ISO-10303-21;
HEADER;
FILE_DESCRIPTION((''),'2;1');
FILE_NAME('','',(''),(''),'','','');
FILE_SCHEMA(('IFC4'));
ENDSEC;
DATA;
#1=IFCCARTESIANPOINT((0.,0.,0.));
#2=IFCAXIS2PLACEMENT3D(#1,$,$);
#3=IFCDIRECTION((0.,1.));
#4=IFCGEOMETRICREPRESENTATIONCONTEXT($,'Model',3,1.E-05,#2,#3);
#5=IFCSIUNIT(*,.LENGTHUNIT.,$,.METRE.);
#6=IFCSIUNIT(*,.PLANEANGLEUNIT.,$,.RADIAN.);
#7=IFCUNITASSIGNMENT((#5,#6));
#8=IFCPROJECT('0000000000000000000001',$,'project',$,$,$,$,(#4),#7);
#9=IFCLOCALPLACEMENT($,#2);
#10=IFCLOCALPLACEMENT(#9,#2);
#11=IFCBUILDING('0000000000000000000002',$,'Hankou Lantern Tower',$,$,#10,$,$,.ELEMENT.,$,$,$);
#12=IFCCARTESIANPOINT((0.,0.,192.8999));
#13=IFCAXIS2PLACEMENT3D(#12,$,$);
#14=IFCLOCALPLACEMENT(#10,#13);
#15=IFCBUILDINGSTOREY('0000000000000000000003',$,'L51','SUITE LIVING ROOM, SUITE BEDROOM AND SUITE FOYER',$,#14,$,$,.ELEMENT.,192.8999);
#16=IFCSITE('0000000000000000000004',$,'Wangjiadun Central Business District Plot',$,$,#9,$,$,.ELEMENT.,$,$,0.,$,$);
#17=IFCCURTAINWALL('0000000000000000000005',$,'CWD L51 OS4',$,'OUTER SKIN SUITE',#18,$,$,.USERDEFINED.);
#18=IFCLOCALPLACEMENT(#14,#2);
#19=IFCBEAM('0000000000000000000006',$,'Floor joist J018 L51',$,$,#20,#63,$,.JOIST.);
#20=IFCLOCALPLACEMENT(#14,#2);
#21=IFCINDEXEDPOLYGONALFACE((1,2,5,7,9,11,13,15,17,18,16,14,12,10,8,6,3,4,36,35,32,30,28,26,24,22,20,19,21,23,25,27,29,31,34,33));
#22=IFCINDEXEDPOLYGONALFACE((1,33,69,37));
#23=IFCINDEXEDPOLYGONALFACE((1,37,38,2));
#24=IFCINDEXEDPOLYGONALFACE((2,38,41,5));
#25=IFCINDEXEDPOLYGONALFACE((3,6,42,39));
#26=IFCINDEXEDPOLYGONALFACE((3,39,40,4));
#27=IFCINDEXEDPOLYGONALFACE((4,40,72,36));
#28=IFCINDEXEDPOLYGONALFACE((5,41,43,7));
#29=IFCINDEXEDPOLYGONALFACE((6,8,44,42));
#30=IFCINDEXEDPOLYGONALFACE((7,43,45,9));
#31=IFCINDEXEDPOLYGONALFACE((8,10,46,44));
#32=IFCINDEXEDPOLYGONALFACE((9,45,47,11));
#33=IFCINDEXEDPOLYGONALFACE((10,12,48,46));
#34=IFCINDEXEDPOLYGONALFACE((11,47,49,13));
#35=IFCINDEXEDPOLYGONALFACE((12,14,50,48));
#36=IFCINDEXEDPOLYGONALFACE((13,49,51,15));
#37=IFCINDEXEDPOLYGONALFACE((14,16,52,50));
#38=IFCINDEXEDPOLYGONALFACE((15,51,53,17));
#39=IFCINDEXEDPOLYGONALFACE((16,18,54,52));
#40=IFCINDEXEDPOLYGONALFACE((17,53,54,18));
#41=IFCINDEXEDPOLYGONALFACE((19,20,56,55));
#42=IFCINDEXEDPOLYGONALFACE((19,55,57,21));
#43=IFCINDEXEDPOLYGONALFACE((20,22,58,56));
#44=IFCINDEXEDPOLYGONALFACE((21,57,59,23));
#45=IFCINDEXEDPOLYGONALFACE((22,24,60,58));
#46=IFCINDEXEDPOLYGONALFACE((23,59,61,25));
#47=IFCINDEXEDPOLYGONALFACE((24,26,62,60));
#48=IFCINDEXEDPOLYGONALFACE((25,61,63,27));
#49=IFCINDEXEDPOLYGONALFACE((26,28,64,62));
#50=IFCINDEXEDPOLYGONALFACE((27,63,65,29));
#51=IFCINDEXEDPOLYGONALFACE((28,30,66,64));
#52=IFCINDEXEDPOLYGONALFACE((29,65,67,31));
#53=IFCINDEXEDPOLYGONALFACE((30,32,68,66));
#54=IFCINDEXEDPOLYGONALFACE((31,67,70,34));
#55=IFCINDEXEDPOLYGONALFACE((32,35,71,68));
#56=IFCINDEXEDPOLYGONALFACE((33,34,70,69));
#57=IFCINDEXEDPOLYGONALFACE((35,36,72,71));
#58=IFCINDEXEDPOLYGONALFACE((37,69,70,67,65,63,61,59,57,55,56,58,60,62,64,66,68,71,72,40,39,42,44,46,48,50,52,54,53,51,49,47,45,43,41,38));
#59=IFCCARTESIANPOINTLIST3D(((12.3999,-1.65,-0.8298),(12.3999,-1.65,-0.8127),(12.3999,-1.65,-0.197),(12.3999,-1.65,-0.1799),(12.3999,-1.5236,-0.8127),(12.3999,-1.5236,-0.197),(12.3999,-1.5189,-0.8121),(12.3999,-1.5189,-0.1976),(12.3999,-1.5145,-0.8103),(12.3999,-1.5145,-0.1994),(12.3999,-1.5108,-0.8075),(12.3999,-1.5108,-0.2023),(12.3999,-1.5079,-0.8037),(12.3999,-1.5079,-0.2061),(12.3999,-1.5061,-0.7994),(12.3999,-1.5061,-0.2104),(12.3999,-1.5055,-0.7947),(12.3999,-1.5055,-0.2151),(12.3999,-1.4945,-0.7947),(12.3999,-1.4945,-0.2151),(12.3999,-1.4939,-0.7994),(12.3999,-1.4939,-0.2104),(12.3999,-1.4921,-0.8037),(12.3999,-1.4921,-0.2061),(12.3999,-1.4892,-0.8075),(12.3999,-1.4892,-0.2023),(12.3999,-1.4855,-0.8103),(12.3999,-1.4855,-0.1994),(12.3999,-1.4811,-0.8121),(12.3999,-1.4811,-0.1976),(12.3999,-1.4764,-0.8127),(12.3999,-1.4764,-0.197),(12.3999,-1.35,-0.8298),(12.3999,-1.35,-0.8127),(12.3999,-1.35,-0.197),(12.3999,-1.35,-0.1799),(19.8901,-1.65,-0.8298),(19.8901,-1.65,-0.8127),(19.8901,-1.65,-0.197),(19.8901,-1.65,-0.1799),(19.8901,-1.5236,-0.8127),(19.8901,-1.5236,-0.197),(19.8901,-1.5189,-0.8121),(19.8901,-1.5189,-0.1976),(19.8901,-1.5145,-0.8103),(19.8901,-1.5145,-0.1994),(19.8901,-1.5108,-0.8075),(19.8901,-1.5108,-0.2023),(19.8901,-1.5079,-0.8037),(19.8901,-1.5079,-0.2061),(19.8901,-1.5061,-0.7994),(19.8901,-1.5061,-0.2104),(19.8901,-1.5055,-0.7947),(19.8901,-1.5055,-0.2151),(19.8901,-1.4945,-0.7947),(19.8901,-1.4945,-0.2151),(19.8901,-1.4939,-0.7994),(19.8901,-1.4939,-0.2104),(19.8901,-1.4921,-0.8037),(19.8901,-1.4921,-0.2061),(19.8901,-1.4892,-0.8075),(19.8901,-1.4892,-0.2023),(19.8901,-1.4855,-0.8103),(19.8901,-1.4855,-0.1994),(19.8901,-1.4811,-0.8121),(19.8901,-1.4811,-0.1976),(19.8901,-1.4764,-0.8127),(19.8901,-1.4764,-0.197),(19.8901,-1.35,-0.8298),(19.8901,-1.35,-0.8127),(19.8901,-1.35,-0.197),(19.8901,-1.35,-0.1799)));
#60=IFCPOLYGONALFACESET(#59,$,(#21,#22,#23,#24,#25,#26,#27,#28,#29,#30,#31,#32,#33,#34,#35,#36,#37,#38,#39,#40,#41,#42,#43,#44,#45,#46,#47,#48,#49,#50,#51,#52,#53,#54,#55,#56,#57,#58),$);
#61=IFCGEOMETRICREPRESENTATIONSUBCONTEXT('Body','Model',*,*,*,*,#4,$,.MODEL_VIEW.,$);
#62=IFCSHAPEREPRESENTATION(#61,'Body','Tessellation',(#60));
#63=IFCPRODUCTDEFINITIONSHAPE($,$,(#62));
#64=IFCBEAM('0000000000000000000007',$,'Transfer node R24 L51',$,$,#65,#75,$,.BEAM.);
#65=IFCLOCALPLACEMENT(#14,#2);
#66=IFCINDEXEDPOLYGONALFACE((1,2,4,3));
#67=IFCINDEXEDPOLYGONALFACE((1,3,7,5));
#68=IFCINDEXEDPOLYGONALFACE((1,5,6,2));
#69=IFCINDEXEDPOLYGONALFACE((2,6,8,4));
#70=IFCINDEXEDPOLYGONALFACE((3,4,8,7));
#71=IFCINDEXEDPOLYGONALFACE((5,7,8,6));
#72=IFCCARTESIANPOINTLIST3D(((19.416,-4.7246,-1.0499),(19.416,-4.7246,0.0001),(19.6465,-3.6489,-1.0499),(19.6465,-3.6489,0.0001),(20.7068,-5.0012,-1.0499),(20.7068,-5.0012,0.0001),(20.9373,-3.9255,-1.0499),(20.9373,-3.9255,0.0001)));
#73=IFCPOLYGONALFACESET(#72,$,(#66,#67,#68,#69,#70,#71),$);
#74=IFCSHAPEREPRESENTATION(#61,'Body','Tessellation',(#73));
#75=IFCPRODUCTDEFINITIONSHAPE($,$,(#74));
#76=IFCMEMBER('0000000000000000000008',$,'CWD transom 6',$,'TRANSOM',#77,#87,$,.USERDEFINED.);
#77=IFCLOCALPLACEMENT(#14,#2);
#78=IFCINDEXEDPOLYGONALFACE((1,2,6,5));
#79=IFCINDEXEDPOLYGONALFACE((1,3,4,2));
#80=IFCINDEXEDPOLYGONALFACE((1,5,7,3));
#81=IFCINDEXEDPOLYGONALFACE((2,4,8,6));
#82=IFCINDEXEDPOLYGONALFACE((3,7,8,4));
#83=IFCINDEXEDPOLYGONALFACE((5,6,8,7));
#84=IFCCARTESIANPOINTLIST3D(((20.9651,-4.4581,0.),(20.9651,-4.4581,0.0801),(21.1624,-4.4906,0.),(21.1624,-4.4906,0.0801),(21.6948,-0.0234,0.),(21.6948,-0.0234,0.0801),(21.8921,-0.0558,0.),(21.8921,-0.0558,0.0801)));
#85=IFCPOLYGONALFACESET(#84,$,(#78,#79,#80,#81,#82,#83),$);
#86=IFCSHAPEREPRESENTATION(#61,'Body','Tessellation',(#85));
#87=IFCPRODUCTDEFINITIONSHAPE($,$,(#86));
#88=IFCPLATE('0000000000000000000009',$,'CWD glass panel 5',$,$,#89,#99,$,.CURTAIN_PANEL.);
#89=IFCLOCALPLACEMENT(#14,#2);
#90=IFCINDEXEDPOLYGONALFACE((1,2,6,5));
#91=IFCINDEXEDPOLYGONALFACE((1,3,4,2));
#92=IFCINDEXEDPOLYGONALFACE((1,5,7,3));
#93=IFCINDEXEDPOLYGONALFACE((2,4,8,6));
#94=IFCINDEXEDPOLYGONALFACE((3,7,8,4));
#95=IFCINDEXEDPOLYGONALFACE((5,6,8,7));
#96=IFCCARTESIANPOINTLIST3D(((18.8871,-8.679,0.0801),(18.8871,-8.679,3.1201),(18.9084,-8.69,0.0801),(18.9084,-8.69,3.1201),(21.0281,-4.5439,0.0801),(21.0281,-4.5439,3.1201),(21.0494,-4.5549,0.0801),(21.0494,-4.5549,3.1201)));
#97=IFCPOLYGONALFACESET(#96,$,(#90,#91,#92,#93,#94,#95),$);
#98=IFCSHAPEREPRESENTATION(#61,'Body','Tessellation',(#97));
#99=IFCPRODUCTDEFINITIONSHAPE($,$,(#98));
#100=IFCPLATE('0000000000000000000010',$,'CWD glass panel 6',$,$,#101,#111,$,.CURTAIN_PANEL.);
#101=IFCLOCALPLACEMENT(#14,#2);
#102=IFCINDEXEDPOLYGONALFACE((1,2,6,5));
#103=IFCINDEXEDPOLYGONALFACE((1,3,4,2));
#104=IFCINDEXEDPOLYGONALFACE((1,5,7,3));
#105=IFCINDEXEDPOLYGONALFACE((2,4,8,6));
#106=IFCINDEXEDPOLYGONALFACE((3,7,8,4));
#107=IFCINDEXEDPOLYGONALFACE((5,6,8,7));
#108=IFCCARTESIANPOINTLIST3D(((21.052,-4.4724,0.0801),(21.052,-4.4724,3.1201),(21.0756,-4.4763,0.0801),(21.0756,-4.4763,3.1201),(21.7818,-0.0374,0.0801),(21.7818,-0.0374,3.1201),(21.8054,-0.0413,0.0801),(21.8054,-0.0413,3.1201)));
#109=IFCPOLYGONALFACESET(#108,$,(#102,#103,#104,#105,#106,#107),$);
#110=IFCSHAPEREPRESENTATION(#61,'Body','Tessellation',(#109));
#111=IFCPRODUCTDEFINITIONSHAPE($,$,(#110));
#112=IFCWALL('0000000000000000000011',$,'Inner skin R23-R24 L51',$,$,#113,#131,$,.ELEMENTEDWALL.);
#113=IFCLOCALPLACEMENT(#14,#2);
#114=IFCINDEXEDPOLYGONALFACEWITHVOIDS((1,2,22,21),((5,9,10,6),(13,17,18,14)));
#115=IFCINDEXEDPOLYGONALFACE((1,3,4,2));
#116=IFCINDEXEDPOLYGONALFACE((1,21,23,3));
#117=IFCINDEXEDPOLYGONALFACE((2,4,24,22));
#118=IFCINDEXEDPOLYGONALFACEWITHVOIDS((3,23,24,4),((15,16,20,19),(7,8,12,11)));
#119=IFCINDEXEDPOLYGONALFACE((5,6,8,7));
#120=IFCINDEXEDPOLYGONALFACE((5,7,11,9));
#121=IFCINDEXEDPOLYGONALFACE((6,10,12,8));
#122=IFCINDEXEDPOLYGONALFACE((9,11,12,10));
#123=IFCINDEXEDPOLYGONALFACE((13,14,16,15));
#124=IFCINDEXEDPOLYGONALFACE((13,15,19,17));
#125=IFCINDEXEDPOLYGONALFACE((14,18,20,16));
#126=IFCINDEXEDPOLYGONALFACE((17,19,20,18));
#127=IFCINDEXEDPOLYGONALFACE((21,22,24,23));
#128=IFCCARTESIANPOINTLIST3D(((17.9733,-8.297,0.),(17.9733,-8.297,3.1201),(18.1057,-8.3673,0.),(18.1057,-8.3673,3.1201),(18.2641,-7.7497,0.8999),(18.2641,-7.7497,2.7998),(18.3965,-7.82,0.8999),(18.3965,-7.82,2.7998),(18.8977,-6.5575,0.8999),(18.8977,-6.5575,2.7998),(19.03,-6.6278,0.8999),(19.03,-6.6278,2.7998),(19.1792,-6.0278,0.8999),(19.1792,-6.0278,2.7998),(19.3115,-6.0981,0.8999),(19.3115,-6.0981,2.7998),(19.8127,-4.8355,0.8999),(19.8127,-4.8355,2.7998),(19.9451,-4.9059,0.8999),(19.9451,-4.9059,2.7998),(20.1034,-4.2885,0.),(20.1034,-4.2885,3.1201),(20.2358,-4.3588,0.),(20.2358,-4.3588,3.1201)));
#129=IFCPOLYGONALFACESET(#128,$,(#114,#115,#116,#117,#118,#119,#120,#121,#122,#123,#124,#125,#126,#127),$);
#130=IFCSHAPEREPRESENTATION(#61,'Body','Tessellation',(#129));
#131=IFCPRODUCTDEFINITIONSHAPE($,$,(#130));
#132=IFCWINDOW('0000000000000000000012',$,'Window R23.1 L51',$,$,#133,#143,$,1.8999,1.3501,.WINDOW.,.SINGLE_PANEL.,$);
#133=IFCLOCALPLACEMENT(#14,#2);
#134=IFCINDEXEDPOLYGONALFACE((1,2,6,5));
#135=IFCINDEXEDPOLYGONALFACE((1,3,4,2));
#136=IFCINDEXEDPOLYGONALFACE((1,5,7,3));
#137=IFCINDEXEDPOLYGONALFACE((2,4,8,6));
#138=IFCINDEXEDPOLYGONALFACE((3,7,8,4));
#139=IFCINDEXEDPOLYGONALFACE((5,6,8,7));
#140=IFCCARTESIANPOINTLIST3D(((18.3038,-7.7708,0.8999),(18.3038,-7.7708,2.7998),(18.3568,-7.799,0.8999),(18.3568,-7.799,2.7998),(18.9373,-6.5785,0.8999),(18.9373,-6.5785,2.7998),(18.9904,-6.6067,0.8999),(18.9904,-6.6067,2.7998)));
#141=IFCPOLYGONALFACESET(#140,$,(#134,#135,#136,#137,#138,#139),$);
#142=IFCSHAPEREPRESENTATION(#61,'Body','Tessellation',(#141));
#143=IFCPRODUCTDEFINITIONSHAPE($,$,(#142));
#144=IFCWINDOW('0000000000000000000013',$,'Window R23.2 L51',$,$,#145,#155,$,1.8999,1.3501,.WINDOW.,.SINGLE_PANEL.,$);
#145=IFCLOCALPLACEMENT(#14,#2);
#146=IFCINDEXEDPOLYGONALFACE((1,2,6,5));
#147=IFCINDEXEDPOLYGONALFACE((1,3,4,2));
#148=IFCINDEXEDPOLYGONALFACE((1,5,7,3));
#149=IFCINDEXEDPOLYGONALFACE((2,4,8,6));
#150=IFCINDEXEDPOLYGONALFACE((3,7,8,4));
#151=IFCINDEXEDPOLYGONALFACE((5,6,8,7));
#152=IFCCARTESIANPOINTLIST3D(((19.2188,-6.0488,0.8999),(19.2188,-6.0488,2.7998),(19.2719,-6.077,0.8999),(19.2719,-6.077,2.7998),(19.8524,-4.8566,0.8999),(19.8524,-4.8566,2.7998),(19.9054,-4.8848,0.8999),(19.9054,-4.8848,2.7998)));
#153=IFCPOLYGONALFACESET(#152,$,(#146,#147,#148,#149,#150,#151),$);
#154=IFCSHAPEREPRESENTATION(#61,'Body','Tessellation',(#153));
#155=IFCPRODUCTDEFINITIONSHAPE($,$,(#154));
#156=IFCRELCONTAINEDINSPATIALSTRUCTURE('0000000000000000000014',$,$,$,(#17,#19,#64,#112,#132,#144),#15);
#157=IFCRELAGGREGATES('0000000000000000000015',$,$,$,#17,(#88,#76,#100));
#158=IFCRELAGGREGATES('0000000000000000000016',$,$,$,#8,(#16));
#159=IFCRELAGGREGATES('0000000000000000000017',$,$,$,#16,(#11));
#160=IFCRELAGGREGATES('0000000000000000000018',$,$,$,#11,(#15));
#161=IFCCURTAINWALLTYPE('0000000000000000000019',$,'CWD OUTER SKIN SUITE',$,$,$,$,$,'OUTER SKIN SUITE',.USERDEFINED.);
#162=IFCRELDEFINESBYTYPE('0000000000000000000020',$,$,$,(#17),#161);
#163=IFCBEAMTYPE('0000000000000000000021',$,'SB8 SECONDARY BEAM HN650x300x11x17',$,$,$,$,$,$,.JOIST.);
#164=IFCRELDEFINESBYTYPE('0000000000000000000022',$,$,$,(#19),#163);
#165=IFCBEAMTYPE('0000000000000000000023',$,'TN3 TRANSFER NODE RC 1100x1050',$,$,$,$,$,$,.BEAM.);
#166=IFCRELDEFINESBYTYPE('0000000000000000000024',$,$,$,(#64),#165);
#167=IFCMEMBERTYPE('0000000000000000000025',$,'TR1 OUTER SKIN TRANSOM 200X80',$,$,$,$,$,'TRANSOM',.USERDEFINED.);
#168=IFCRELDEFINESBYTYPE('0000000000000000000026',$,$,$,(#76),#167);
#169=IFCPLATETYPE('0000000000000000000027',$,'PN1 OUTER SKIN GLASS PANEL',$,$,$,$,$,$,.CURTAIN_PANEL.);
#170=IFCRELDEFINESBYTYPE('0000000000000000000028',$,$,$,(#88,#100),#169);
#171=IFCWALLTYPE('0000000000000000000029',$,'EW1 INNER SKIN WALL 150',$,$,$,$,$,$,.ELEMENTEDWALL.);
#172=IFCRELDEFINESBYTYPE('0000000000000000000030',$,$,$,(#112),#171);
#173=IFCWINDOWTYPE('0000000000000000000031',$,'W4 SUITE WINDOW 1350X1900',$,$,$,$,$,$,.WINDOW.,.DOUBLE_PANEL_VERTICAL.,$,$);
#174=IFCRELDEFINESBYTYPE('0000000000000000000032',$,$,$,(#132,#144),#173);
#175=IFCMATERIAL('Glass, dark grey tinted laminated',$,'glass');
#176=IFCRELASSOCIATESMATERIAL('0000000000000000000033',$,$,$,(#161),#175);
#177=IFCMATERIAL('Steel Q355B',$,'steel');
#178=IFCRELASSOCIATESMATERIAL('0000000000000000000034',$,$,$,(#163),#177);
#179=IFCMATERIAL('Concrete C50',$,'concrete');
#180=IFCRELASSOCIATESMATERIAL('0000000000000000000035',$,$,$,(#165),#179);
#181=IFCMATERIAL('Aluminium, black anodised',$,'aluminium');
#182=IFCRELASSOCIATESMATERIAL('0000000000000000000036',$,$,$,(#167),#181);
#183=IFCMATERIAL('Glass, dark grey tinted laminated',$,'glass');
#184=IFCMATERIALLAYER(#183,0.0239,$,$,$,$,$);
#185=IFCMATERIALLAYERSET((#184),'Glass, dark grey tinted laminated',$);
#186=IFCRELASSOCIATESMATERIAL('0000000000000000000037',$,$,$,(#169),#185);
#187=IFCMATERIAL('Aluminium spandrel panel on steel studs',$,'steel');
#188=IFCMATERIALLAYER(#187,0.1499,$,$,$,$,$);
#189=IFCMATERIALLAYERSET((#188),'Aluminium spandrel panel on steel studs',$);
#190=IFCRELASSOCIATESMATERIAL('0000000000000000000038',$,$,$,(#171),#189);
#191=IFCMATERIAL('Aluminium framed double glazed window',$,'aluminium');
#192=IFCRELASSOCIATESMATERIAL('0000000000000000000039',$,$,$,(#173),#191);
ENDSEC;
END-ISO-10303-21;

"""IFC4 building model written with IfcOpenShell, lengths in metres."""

from ifc_helpers import new_model, si_unit, direction, frame, frame_2d, origin, origin_2d, place, context, subcontext, project, spatial, rectangle, i_section, extrude, material, layer, layer_set, material_profile, profile_set, type_object, element, fill, aggregate, save


model = new_model("IFC4")

# Units and contexts
model_context = context("Model", 3, precision=1e-05, world=origin(), true_north=direction((0.0, 1.0)))
body_context = subcontext(model_context, "Body", "Model", "MODEL_VIEW")
ifc_project = project(units=[si_unit("LENGTHUNIT", "METRE"), si_unit("PLANEANGLEUNIT", "RADIAN")], contexts=[model_context])

# Site, building, storey
site_placement = place(None, origin())
site = spatial("IfcSite", under=ifc_project, at=site_placement, Name="Wangjiadun Central Business District Plot", CompositionType="ELEMENT", RefElevation=0.0)
building_placement = place(site_placement, origin())
building = spatial("IfcBuilding", under=site, at=building_placement, Name="Hankou Lantern Tower", CompositionType="ELEMENT")
storey_placement = place(building_placement, frame((0.0, 0.0, 192.8999)))
storey = spatial("IfcBuildingStorey", under=building, at=storey_placement, Name="L51", Description="SUITE LIVING ROOM, SUITE BEDROOM AND SUITE FOYER", CompositionType="ELEMENT", Elevation=192.8999)

# Curtain wall
ifc_material_1 = material(Name="Glass, dark grey tinted laminated", Category="glass")
curtain_wall_type = type_object("IfcCurtainWallType", Name="CWD OUTER SKIN SUITE", ElementType="OUTER SKIN SUITE", PredefinedType="USERDEFINED", material=ifc_material_1)
curtain_wall_placement = place(storey_placement, origin())
curtain_wall = element("IfcCurtainWall", 1, at=curtain_wall_placement, inside=storey, type_object=curtain_wall_type, Name="CWD L51 OS4", ObjectType="OUTER SKIN SUITE", PredefinedType="USERDEFINED")

# Beams
ifc_material_2 = material(Name="Steel Q355B", Category="steel")
ifc_material_profile_1 = material_profile(ifc_material_2, i_section(OverallWidth=0.3, OverallDepth=0.6499, WebThickness=0.011, FlangeThickness=0.0171, FilletRadius=0.0181, at=origin_2d()), Name="HN650x300x11x17")
ifc_profile_set_1 = profile_set([ifc_material_profile_1], Name="Steel Q355B")
beam_type_1 = type_object("IfcBeamType", Name="SB8 SECONDARY BEAM HN650x300x11x17", PredefinedType="JOIST", material=ifc_profile_set_1)
beam_1_placement = place(storey_placement, frame((12.3999, -1.5, -0.5049), z_axis=(1.0, 0.0, 0.0), x_axis=(0.0, 1.0, 0.0)))
element("IfcBeam", 2, at=beam_1_placement, inside=storey, type_object=beam_type_1, Name="Floor joist J018 L51", PredefinedType="JOIST", context=body_context, shape_type="SweptSolid", body=[
    extrude(i_section(OverallWidth=0.3, OverallDepth=0.6499, WebThickness=0.011, FlangeThickness=0.0171, FilletRadius=0.0181, at=origin_2d()), origin(), (0.0, 0.0, 1.0), 7.4902),
])
ifc_material_3 = material(Name="Concrete C50", Category="concrete")
ifc_material_profile_2 = material_profile(ifc_material_3, rectangle(XDim=1.1001, YDim=1.05, at=origin_2d()), Name="RC 1100x1050")
ifc_profile_set_2 = profile_set([ifc_material_profile_2], Name="Concrete C50")
beam_type_2 = type_object("IfcBeamType", Name="TN3 TRANSFER NODE RC 1100x1050", PredefinedType="BEAM", material=ifc_profile_set_2)
beam_2_placement = place(storey_placement, frame((20.822, -4.4634, -0.5249), z_axis=(-0.9778, 0.209542, 0.0), x_axis=(-0.209542, -0.9778, 0.0)))
element("IfcBeam", 3, at=beam_2_placement, inside=storey, type_object=beam_type_2, Name="Transfer node R24 L51", PredefinedType="BEAM", context=body_context, shape_type="SweptSolid", body=[
    extrude(rectangle(XDim=1.1001, YDim=1.05, at=origin_2d()), origin(), (0.0, 0.0, 1.0), 1.3201),
])

# Member
ifc_material_4 = material(Name="Aluminium, black anodised", Category="aluminium")
ifc_material_profile_3 = material_profile(ifc_material_4, rectangle(XDim=0.2, YDim=0.0801, at=origin_2d()), Name="TR1 200X80")
ifc_profile_set_3 = profile_set([ifc_material_profile_3], Name="Aluminium, black anodised")
member_type_1 = type_object("IfcMemberType", Name="TR1 OUTER SKIN TRANSOM 200X80", ElementType="TRANSOM", PredefinedType="USERDEFINED", material=ifc_profile_set_3)
member_1_placement = place(storey_placement, frame((21.0637, -4.4744, 0.04), z_axis=(0.162364, 0.986731, 0.0), x_axis=(-0.986731, 0.162364, 0.0)))
member_1 = element("IfcMember", 4, at=member_1_placement, type_object=member_type_1, Name="CWD transom 6", ObjectType="TRANSOM", PredefinedType="USERDEFINED", context=body_context, shape_type="SweptSolid", body=[
    extrude(rectangle(XDim=0.2, YDim=0.0801, at=origin_2d()), origin(), (0.0, 0.0, 1.0), 4.4944),
])

# Plates
ifc_material_5 = material(Name="Glass, dark grey tinted laminated", Category="glass")
ifc_layer_1 = layer(ifc_material_5, 0.0239)
ifc_layer_set_1 = layer_set([ifc_layer_1], Name="Glass, dark grey tinted laminated")
plate_type = type_object("IfcPlateType", Name="PN1 OUTER SKIN GLASS PANEL", PredefinedType="CURTAIN_PANEL", material=ifc_layer_set_1)
plate_1_placement = place(storey_placement, frame((19.9683, -6.6169, 0.0801), z_axis=(0.0, 0.0, 1.0), x_axis=(0.459791, 0.888027, 0.0)))
plate_1 = element("IfcPlate", 5, at=plate_1_placement, type_object=plate_type, Name="CWD glass panel 5", PredefinedType="CURTAIN_PANEL", context=body_context, shape_type="SweptSolid", body=[
    extrude(rectangle(XDim=4.6565, YDim=0.0239, at=origin_2d()), origin(), (0.0, 0.0, 1.0), 3.04),
])
plate_2_placement = place(storey_placement, frame((21.4287, -2.2568, 0.0801), z_axis=(0.0, 0.0, 1.0), x_axis=(0.162382, 0.986728, 0.0)))
plate_2 = element("IfcPlate", 6, at=plate_2_placement, type_object=plate_type, Name="CWD glass panel 6", PredefinedType="CURTAIN_PANEL", context=body_context, shape_type="SweptSolid", body=[
    extrude(rectangle(XDim=4.4946, YDim=0.0239, at=origin_2d()), origin(), (0.0, 0.0, 1.0), 3.04),
])
aggregate(curtain_wall, [plate_1, member_1, plate_2])

# Wall, openings, windows
ifc_material_6 = material(Name="Aluminium spandrel panel on steel studs", Category="steel")
ifc_layer_2 = layer(ifc_material_6, 0.1499)
ifc_layer_set_2 = layer_set([ifc_layer_2], Name="Aluminium spandrel panel on steel studs")
wall_type_1 = type_object("IfcWallType", Name="EW1 INNER SKIN WALL 150", PredefinedType="ELEMENTEDWALL", material=ifc_layer_set_2)
wall_1_placement = place(storey_placement, frame((18.0396, -8.332, 0.0), z_axis=(0.0, 0.0, 1.0), x_axis=(0.469256, 0.883062, 0.0)))
wall_1 = element("IfcWall", 7, at=wall_1_placement, inside=storey, type_object=wall_type_1, Name="Inner skin R23-R24 L51", PredefinedType="ELEMENTEDWALL", context=body_context, shape_type="SweptSolid", body=[
    extrude(rectangle(XDim=4.5393, YDim=0.1499, at=frame_2d((2.2695, 0.0))), origin(), (0.0, 0.0, 1.0), 3.1201),
])
opening_1_placement = place(wall_1_placement, frame((0.6196, 0.0, 0.8999)))
opening_1 = element("IfcOpeningElement", 8, at=opening_1_placement, cuts=wall_1, PredefinedType="OPENING", context=body_context, shape_type="SweptSolid", body=[
    extrude(rectangle(XDim=1.3501, YDim=1.8999, at=frame_2d((0.675, 0.95))), frame((0.0, 0.085, 0.0), z_axis=(0.0, -1.0, 0.0), x_axis=(1.0, 0.0, 0.0)), (0.0, 0.0, 1.0), 0.1699),
])
opening_2_placement = place(wall_1_placement, frame((2.5696, 0.0, 0.8999)))
opening_2 = element("IfcOpeningElement", 9, at=opening_2_placement, cuts=wall_1, PredefinedType="OPENING", context=body_context, shape_type="SweptSolid", body=[
    extrude(rectangle(XDim=1.3501, YDim=1.8999, at=frame_2d((0.675, 0.95))), frame((0.0, 0.085, 0.0), z_axis=(0.0, -1.0, 0.0), x_axis=(1.0, 0.0, 0.0)), (0.0, 0.0, 1.0), 0.1699),
])
ifc_material_7 = material(Name="Aluminium framed double glazed window", Category="aluminium")
window_type = type_object("IfcWindowType", Name="W4 SUITE WINDOW 1350X1900", PartitioningType="DOUBLE_PANEL_VERTICAL", PredefinedType="WINDOW", material=ifc_material_7)
window_1_placement = place(opening_1_placement, origin())
window_1 = element("IfcWindow", 10, at=window_1_placement, inside=storey, type_object=window_type, Name="Window R23.1 L51", OverallHeight=1.8999, OverallWidth=1.3501, PartitioningType="SINGLE_PANEL", PredefinedType="WINDOW", context=body_context, shape_type="SweptSolid", body=[
    extrude(rectangle(XDim=1.3501, YDim=1.8999, at=frame_2d((0.675, 0.95))), frame((0.0, 0.03, 0.0), z_axis=(0.0, -1.0, 0.0), x_axis=(1.0, 0.0, 0.0)), (0.0, 0.0, 1.0), 0.0601),
])
fill(opening_1, window_1)
window_2_placement = place(opening_2_placement, origin())
window_2 = element("IfcWindow", 11, at=window_2_placement, inside=storey, type_object=window_type, Name="Window R23.2 L51", OverallHeight=1.8999, OverallWidth=1.3501, PartitioningType="SINGLE_PANEL", PredefinedType="WINDOW", context=body_context, shape_type="SweptSolid", body=[
    extrude(rectangle(XDim=1.3501, YDim=1.8999, at=frame_2d((0.675, 0.95))), frame((0.0, 0.03, 0.0), z_axis=(0.0, -1.0, 0.0), x_axis=(1.0, 0.0, 0.0)), (0.0, 0.0, 1.0), 0.0601),
])
fill(opening_2, window_2)

save(model, "model.ifc")
